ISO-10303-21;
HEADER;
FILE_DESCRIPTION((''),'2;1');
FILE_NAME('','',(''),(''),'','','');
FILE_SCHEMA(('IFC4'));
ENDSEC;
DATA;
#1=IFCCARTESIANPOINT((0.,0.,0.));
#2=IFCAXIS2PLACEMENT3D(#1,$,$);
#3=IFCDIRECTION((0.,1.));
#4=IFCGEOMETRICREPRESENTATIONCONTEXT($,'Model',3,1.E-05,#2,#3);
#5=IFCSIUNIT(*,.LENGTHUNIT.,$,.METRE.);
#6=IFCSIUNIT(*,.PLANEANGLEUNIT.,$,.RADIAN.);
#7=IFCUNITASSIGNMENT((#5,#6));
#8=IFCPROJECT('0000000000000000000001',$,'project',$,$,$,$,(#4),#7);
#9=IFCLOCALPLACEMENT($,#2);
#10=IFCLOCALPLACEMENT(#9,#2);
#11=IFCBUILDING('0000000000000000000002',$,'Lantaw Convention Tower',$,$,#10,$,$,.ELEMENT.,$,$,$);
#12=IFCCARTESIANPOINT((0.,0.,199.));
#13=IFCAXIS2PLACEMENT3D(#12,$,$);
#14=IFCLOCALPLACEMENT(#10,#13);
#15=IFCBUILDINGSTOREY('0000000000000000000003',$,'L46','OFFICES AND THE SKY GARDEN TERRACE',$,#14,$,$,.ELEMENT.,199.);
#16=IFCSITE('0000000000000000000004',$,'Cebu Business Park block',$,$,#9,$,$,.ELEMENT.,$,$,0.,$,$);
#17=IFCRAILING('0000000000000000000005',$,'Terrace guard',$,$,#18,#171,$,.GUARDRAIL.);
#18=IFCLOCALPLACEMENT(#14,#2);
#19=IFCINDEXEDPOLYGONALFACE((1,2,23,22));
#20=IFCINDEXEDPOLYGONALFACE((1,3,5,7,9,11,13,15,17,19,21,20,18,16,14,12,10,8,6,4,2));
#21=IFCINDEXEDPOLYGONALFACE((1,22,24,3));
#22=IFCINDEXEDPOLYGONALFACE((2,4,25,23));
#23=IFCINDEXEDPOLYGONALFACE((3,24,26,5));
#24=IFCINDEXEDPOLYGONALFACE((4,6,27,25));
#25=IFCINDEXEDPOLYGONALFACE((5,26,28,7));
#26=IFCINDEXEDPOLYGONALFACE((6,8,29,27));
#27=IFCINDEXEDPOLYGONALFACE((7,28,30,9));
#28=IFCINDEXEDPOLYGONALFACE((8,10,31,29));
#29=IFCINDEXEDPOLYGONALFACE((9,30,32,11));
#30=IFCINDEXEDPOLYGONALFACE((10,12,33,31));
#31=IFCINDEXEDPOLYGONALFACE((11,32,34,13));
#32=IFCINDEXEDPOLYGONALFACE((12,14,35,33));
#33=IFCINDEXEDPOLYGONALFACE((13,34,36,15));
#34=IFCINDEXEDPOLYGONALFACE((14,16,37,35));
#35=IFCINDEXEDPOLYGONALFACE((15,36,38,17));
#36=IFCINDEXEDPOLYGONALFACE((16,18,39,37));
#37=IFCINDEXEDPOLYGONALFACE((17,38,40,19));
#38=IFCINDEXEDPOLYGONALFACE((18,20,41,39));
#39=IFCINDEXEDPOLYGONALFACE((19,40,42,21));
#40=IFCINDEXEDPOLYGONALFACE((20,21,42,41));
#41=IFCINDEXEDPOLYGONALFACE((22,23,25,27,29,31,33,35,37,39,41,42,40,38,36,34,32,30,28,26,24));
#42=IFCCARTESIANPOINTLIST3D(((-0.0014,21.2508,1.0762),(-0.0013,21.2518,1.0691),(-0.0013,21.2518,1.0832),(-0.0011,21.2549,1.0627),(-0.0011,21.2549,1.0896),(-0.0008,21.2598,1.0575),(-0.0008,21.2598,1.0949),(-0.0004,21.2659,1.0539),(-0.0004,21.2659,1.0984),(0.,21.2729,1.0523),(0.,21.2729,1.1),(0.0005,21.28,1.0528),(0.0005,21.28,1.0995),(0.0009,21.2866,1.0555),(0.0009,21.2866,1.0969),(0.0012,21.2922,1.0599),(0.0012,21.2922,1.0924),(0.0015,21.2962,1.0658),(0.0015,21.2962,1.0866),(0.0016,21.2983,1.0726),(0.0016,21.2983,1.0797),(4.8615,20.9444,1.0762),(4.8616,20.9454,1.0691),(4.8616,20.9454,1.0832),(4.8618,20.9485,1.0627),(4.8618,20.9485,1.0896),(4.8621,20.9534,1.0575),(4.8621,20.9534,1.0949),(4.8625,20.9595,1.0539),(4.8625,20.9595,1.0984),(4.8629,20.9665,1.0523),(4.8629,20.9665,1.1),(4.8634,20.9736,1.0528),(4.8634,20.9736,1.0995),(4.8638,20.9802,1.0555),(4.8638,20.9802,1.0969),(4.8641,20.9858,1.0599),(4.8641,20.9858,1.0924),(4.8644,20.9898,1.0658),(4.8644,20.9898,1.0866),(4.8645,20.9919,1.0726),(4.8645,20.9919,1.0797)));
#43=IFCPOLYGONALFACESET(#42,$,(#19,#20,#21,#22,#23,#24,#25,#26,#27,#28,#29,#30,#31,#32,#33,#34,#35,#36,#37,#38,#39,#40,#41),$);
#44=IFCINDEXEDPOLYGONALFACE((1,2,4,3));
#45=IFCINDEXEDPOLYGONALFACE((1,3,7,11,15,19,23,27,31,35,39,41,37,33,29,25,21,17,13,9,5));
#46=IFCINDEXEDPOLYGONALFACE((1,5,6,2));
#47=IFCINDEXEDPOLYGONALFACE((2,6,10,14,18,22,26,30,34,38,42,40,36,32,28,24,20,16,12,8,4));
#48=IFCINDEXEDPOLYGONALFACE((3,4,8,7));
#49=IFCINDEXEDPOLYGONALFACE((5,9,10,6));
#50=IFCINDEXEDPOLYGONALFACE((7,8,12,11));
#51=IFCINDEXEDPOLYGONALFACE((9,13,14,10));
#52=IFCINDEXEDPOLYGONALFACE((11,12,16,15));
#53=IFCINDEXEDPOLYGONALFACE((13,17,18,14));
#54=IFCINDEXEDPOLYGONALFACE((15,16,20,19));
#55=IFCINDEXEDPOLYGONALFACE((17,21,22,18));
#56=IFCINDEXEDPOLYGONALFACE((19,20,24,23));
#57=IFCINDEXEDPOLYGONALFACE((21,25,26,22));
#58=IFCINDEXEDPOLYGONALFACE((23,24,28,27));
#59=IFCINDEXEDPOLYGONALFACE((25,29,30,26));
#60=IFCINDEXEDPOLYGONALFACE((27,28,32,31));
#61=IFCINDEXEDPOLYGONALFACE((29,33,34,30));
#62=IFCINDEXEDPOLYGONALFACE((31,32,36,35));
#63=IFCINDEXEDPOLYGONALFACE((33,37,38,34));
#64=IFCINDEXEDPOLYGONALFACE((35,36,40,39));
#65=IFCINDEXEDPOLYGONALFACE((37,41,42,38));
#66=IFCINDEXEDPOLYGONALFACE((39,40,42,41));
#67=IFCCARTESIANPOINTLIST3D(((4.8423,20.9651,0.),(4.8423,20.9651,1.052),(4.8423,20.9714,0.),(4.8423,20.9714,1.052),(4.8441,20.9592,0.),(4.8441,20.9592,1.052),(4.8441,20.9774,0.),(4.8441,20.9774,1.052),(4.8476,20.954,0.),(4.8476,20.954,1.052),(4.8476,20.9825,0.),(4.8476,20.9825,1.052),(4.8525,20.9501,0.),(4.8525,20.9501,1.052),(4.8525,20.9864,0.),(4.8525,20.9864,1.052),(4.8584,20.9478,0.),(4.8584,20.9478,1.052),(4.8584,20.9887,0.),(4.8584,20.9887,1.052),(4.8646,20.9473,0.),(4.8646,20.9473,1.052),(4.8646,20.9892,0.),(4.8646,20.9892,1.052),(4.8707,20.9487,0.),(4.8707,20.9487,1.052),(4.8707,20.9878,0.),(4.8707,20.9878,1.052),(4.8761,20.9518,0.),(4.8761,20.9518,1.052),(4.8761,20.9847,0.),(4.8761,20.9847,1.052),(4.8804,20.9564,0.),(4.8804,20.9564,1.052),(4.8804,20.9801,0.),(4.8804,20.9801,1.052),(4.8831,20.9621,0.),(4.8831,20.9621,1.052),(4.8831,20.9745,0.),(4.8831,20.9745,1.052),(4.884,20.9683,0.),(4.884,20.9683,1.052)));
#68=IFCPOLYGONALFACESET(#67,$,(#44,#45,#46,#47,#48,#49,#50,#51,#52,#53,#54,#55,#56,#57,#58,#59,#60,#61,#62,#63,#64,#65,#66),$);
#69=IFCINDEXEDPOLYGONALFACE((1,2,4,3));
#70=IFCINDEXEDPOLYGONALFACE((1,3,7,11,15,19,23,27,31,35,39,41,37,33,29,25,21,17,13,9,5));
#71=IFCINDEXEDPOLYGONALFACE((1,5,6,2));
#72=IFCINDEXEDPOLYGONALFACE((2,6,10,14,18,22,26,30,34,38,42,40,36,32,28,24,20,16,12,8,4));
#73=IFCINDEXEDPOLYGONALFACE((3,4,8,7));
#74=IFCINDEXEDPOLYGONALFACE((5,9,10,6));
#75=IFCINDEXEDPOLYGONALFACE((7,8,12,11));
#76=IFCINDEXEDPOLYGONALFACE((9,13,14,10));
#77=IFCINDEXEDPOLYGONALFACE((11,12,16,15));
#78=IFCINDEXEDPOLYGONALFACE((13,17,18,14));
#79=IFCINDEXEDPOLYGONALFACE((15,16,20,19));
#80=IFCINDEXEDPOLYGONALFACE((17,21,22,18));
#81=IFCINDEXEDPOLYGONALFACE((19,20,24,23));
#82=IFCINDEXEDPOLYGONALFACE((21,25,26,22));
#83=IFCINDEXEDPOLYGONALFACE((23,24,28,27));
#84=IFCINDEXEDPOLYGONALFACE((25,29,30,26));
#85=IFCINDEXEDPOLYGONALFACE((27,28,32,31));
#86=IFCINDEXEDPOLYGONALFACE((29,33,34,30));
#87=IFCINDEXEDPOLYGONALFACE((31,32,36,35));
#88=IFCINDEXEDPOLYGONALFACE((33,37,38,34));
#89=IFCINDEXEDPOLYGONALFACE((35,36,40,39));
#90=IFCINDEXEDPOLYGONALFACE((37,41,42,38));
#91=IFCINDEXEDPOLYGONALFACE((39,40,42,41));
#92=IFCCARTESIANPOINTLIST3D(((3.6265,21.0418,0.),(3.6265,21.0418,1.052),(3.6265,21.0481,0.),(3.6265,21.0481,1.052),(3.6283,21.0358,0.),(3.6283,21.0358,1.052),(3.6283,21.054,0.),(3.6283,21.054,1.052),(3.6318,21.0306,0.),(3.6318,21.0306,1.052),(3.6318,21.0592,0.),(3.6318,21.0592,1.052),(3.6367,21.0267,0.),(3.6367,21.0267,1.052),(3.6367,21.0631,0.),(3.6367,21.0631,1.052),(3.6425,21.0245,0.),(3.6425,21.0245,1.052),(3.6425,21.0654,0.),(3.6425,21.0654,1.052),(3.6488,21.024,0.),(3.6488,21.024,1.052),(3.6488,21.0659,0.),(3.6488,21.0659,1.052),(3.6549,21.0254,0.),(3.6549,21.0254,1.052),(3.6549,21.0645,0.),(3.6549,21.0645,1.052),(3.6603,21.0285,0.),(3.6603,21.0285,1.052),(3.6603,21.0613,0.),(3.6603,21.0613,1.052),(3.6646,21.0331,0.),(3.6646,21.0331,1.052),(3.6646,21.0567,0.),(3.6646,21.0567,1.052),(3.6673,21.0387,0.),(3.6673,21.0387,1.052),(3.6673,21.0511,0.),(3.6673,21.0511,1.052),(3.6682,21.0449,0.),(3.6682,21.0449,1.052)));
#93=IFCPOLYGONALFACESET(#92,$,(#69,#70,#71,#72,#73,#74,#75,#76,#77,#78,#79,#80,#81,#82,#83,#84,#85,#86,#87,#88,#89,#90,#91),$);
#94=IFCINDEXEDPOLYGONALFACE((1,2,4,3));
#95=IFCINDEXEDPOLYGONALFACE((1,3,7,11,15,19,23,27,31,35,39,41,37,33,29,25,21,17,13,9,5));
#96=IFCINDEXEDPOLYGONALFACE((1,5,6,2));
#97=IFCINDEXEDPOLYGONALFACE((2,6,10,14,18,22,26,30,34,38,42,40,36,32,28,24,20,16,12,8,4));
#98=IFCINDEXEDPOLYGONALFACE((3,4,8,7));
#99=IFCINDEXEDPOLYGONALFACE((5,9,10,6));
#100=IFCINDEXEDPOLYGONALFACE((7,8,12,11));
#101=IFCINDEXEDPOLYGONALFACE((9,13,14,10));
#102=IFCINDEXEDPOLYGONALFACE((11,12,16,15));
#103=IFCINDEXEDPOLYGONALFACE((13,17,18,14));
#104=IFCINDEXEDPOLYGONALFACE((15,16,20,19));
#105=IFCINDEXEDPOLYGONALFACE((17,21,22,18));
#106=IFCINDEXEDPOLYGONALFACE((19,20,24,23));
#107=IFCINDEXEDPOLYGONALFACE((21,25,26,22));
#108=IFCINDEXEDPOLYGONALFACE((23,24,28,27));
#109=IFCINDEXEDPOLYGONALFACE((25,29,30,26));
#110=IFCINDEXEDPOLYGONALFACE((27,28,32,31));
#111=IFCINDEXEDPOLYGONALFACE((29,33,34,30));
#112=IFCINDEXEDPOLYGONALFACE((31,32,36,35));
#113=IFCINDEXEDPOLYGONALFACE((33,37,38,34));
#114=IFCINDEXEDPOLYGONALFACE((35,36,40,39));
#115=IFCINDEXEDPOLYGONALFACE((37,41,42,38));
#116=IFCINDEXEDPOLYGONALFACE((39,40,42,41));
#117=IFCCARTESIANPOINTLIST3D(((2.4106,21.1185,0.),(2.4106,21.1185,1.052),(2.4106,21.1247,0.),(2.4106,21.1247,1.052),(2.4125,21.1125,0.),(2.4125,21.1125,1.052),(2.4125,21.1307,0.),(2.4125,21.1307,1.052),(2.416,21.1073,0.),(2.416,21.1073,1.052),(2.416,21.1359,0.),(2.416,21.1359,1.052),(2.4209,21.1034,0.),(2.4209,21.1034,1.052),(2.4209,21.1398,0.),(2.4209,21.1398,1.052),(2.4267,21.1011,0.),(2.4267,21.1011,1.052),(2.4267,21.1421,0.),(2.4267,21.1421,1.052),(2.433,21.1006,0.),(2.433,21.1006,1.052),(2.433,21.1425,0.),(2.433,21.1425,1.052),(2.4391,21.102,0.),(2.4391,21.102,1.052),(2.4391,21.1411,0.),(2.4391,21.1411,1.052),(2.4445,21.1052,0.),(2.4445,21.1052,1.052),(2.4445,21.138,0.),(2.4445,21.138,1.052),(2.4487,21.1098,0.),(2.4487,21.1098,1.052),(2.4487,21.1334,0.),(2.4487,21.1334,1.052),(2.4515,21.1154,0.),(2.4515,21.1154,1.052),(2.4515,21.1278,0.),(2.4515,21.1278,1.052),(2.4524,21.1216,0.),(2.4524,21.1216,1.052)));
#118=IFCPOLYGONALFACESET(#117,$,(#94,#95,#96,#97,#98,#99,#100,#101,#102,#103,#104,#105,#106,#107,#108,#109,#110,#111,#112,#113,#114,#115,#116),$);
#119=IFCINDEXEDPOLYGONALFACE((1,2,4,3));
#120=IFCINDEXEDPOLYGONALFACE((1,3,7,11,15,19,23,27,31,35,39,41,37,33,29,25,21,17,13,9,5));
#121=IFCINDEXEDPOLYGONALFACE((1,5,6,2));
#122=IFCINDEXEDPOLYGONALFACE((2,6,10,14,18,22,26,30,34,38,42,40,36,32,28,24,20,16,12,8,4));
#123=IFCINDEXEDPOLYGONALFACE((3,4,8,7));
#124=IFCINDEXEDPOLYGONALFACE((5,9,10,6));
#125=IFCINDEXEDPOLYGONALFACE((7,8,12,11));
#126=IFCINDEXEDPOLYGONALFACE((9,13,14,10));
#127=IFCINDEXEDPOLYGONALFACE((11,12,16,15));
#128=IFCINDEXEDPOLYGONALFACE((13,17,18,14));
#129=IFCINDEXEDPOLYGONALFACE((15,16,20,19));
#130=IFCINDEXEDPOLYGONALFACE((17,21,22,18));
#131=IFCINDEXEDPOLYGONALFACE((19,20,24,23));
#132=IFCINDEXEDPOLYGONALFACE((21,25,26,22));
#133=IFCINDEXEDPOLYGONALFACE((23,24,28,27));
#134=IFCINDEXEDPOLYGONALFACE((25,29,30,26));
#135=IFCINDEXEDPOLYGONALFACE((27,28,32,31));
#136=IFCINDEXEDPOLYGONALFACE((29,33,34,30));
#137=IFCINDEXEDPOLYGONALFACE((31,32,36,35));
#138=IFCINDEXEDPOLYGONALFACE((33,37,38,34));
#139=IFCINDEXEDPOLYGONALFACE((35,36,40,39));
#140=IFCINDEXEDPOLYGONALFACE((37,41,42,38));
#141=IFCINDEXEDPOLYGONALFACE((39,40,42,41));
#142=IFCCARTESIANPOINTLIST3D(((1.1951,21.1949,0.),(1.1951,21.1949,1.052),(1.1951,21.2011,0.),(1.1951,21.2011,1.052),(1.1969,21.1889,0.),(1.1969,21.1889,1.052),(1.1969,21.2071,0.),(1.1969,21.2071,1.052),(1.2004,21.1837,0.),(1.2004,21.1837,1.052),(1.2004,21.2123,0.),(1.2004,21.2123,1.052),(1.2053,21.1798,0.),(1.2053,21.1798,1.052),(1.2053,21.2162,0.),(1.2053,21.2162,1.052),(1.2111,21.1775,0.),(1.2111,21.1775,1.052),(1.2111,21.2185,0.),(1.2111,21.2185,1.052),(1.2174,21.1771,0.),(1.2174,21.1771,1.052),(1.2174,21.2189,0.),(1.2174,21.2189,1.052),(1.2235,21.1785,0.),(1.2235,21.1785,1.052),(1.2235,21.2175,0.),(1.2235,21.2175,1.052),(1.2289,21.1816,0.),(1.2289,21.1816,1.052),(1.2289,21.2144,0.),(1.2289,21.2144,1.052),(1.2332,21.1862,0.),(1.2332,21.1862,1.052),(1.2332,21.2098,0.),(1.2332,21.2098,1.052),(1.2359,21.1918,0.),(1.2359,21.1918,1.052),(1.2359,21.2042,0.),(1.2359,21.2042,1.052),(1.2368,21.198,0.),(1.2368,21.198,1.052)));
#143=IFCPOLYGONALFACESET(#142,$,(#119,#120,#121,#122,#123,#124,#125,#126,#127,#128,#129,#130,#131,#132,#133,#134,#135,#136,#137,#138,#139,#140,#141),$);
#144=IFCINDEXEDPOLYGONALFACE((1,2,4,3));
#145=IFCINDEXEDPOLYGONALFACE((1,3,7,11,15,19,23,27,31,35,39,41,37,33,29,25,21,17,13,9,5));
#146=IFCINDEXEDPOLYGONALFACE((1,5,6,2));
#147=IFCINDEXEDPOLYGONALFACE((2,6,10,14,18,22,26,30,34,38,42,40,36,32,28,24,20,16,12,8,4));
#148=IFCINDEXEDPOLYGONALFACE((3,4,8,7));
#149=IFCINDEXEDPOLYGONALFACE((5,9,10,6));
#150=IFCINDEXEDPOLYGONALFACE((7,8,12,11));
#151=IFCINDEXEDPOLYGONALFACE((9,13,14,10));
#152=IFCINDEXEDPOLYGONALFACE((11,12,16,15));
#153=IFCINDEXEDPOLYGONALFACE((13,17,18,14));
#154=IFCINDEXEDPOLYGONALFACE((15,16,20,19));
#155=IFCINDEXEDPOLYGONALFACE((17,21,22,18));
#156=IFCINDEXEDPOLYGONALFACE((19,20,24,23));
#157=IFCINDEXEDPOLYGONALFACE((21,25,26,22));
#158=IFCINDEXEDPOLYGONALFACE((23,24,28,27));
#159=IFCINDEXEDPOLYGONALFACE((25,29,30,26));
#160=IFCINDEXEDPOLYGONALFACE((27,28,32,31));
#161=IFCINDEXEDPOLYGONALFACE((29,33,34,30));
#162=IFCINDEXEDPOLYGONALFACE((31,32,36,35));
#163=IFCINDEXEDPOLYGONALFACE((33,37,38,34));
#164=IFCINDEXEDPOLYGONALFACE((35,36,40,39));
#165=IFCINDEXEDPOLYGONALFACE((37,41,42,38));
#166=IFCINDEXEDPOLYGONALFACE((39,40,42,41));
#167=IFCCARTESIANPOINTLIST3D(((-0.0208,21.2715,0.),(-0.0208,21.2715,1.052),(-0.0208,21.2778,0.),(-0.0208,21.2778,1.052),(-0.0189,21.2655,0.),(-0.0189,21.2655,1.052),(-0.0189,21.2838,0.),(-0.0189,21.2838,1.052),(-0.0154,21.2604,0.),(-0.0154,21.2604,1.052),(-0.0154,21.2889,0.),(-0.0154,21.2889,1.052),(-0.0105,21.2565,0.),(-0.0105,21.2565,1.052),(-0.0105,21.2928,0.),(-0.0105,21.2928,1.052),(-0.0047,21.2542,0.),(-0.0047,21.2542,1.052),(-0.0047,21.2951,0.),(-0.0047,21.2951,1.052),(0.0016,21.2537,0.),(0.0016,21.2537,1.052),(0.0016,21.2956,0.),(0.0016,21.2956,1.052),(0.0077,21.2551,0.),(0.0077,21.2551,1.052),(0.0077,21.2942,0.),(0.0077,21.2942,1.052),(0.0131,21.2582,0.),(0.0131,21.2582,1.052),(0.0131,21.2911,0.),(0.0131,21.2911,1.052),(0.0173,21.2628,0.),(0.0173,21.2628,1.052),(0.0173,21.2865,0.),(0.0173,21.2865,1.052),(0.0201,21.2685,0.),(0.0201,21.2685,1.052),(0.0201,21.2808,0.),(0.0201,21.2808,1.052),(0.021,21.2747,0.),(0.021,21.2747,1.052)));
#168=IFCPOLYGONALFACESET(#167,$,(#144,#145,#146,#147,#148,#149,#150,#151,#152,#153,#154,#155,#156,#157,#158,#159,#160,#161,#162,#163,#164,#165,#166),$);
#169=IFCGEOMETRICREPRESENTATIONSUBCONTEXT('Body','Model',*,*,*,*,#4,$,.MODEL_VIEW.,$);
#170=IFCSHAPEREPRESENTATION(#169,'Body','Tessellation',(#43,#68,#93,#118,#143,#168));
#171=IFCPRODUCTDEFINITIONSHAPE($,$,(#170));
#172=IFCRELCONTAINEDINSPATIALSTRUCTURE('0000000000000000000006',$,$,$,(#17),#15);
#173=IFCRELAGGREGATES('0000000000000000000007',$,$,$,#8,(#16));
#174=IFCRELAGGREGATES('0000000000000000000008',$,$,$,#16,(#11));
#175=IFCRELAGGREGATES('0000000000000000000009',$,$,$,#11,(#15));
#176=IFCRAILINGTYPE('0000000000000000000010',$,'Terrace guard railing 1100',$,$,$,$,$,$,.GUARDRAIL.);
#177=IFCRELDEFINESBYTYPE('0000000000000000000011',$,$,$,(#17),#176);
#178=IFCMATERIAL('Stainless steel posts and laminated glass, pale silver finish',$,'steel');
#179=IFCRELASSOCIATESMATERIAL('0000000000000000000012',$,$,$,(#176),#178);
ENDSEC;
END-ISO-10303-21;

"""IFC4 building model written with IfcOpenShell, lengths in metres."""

from ifc_helpers import new_model, si_unit, direction, frame, origin, origin_2d, place, context, subcontext, project, spatial, circle, extrude, material, type_object, element, save


model = new_model("IFC4")

# Units and contexts
model_context = context("Model", 3, precision=1e-05, world=origin(), true_north=direction((0.0, 1.0)))
body_context = subcontext(model_context, "Body", "Model", "MODEL_VIEW")
ifc_project = project(units=[si_unit("LENGTHUNIT", "METRE"), si_unit("PLANEANGLEUNIT", "RADIAN")], contexts=[model_context])

# Site, building, storey
site_placement = place(None, origin())
site = spatial("IfcSite", under=ifc_project, at=site_placement, Name="Cebu Business Park block", CompositionType="ELEMENT", RefElevation=0.0)
building_placement = place(site_placement, origin())
building = spatial("IfcBuilding", under=site, at=building_placement, Name="Lantaw Convention Tower", CompositionType="ELEMENT")
storey_placement = place(building_placement, frame((0.0, 0.0, 199.0)))
storey = spatial("IfcBuildingStorey", under=building, at=storey_placement, Name="L46", Description="OFFICES AND THE SKY GARDEN TERRACE", CompositionType="ELEMENT", Elevation=199.0)

# Railing
ifc_material_1 = material(Name="Stainless steel posts and laminated glass, pale silver finish", Category="steel")
railing_type = type_object("IfcRailingType", Name="Terrace guard railing 1100", PredefinedType="GUARDRAIL", material=ifc_material_1)
railing_1_placement = place(storey_placement, frame((4.863, 20.9683, 0.0)))
element("IfcRailing", 1, at=railing_1_placement, inside=storey, type_object=railing_type, Name="Terrace guard", PredefinedType="GUARDRAIL", context=body_context, shape_type="SweptSolid", body=[
    extrude(circle(Radius=0.0239, at=origin_2d()), frame((0.0, 0.0, 1.0762), z_axis=(-0.998021, 0.06288, 0.0), x_axis=(-0.06288, -0.998021, 0.0)), (0.0, 0.0, 1.0), 4.8726),
    extrude(circle(Radius=0.021, at=origin_2d()), origin(), (0.0, 0.0, 1.0), 1.052),
    extrude(circle(Radius=0.021, at=origin_2d()), frame((-1.2158, 0.0767, 0.0)), (0.0, 0.0, 1.0), 1.052),
    extrude(circle(Radius=0.021, at=origin_2d()), frame((-2.4316, 0.1533, 0.0)), (0.0, 0.0, 1.0), 1.052),
    extrude(circle(Radius=0.021, at=origin_2d()), frame((-3.6472, 0.2297, 0.0)), (0.0, 0.0, 1.0), 1.052),
    extrude(circle(Radius=0.021, at=origin_2d()), frame((-4.863, 0.3064, 0.0)), (0.0, 0.0, 1.0), 1.052),
])

save(model, "model.ifc")
